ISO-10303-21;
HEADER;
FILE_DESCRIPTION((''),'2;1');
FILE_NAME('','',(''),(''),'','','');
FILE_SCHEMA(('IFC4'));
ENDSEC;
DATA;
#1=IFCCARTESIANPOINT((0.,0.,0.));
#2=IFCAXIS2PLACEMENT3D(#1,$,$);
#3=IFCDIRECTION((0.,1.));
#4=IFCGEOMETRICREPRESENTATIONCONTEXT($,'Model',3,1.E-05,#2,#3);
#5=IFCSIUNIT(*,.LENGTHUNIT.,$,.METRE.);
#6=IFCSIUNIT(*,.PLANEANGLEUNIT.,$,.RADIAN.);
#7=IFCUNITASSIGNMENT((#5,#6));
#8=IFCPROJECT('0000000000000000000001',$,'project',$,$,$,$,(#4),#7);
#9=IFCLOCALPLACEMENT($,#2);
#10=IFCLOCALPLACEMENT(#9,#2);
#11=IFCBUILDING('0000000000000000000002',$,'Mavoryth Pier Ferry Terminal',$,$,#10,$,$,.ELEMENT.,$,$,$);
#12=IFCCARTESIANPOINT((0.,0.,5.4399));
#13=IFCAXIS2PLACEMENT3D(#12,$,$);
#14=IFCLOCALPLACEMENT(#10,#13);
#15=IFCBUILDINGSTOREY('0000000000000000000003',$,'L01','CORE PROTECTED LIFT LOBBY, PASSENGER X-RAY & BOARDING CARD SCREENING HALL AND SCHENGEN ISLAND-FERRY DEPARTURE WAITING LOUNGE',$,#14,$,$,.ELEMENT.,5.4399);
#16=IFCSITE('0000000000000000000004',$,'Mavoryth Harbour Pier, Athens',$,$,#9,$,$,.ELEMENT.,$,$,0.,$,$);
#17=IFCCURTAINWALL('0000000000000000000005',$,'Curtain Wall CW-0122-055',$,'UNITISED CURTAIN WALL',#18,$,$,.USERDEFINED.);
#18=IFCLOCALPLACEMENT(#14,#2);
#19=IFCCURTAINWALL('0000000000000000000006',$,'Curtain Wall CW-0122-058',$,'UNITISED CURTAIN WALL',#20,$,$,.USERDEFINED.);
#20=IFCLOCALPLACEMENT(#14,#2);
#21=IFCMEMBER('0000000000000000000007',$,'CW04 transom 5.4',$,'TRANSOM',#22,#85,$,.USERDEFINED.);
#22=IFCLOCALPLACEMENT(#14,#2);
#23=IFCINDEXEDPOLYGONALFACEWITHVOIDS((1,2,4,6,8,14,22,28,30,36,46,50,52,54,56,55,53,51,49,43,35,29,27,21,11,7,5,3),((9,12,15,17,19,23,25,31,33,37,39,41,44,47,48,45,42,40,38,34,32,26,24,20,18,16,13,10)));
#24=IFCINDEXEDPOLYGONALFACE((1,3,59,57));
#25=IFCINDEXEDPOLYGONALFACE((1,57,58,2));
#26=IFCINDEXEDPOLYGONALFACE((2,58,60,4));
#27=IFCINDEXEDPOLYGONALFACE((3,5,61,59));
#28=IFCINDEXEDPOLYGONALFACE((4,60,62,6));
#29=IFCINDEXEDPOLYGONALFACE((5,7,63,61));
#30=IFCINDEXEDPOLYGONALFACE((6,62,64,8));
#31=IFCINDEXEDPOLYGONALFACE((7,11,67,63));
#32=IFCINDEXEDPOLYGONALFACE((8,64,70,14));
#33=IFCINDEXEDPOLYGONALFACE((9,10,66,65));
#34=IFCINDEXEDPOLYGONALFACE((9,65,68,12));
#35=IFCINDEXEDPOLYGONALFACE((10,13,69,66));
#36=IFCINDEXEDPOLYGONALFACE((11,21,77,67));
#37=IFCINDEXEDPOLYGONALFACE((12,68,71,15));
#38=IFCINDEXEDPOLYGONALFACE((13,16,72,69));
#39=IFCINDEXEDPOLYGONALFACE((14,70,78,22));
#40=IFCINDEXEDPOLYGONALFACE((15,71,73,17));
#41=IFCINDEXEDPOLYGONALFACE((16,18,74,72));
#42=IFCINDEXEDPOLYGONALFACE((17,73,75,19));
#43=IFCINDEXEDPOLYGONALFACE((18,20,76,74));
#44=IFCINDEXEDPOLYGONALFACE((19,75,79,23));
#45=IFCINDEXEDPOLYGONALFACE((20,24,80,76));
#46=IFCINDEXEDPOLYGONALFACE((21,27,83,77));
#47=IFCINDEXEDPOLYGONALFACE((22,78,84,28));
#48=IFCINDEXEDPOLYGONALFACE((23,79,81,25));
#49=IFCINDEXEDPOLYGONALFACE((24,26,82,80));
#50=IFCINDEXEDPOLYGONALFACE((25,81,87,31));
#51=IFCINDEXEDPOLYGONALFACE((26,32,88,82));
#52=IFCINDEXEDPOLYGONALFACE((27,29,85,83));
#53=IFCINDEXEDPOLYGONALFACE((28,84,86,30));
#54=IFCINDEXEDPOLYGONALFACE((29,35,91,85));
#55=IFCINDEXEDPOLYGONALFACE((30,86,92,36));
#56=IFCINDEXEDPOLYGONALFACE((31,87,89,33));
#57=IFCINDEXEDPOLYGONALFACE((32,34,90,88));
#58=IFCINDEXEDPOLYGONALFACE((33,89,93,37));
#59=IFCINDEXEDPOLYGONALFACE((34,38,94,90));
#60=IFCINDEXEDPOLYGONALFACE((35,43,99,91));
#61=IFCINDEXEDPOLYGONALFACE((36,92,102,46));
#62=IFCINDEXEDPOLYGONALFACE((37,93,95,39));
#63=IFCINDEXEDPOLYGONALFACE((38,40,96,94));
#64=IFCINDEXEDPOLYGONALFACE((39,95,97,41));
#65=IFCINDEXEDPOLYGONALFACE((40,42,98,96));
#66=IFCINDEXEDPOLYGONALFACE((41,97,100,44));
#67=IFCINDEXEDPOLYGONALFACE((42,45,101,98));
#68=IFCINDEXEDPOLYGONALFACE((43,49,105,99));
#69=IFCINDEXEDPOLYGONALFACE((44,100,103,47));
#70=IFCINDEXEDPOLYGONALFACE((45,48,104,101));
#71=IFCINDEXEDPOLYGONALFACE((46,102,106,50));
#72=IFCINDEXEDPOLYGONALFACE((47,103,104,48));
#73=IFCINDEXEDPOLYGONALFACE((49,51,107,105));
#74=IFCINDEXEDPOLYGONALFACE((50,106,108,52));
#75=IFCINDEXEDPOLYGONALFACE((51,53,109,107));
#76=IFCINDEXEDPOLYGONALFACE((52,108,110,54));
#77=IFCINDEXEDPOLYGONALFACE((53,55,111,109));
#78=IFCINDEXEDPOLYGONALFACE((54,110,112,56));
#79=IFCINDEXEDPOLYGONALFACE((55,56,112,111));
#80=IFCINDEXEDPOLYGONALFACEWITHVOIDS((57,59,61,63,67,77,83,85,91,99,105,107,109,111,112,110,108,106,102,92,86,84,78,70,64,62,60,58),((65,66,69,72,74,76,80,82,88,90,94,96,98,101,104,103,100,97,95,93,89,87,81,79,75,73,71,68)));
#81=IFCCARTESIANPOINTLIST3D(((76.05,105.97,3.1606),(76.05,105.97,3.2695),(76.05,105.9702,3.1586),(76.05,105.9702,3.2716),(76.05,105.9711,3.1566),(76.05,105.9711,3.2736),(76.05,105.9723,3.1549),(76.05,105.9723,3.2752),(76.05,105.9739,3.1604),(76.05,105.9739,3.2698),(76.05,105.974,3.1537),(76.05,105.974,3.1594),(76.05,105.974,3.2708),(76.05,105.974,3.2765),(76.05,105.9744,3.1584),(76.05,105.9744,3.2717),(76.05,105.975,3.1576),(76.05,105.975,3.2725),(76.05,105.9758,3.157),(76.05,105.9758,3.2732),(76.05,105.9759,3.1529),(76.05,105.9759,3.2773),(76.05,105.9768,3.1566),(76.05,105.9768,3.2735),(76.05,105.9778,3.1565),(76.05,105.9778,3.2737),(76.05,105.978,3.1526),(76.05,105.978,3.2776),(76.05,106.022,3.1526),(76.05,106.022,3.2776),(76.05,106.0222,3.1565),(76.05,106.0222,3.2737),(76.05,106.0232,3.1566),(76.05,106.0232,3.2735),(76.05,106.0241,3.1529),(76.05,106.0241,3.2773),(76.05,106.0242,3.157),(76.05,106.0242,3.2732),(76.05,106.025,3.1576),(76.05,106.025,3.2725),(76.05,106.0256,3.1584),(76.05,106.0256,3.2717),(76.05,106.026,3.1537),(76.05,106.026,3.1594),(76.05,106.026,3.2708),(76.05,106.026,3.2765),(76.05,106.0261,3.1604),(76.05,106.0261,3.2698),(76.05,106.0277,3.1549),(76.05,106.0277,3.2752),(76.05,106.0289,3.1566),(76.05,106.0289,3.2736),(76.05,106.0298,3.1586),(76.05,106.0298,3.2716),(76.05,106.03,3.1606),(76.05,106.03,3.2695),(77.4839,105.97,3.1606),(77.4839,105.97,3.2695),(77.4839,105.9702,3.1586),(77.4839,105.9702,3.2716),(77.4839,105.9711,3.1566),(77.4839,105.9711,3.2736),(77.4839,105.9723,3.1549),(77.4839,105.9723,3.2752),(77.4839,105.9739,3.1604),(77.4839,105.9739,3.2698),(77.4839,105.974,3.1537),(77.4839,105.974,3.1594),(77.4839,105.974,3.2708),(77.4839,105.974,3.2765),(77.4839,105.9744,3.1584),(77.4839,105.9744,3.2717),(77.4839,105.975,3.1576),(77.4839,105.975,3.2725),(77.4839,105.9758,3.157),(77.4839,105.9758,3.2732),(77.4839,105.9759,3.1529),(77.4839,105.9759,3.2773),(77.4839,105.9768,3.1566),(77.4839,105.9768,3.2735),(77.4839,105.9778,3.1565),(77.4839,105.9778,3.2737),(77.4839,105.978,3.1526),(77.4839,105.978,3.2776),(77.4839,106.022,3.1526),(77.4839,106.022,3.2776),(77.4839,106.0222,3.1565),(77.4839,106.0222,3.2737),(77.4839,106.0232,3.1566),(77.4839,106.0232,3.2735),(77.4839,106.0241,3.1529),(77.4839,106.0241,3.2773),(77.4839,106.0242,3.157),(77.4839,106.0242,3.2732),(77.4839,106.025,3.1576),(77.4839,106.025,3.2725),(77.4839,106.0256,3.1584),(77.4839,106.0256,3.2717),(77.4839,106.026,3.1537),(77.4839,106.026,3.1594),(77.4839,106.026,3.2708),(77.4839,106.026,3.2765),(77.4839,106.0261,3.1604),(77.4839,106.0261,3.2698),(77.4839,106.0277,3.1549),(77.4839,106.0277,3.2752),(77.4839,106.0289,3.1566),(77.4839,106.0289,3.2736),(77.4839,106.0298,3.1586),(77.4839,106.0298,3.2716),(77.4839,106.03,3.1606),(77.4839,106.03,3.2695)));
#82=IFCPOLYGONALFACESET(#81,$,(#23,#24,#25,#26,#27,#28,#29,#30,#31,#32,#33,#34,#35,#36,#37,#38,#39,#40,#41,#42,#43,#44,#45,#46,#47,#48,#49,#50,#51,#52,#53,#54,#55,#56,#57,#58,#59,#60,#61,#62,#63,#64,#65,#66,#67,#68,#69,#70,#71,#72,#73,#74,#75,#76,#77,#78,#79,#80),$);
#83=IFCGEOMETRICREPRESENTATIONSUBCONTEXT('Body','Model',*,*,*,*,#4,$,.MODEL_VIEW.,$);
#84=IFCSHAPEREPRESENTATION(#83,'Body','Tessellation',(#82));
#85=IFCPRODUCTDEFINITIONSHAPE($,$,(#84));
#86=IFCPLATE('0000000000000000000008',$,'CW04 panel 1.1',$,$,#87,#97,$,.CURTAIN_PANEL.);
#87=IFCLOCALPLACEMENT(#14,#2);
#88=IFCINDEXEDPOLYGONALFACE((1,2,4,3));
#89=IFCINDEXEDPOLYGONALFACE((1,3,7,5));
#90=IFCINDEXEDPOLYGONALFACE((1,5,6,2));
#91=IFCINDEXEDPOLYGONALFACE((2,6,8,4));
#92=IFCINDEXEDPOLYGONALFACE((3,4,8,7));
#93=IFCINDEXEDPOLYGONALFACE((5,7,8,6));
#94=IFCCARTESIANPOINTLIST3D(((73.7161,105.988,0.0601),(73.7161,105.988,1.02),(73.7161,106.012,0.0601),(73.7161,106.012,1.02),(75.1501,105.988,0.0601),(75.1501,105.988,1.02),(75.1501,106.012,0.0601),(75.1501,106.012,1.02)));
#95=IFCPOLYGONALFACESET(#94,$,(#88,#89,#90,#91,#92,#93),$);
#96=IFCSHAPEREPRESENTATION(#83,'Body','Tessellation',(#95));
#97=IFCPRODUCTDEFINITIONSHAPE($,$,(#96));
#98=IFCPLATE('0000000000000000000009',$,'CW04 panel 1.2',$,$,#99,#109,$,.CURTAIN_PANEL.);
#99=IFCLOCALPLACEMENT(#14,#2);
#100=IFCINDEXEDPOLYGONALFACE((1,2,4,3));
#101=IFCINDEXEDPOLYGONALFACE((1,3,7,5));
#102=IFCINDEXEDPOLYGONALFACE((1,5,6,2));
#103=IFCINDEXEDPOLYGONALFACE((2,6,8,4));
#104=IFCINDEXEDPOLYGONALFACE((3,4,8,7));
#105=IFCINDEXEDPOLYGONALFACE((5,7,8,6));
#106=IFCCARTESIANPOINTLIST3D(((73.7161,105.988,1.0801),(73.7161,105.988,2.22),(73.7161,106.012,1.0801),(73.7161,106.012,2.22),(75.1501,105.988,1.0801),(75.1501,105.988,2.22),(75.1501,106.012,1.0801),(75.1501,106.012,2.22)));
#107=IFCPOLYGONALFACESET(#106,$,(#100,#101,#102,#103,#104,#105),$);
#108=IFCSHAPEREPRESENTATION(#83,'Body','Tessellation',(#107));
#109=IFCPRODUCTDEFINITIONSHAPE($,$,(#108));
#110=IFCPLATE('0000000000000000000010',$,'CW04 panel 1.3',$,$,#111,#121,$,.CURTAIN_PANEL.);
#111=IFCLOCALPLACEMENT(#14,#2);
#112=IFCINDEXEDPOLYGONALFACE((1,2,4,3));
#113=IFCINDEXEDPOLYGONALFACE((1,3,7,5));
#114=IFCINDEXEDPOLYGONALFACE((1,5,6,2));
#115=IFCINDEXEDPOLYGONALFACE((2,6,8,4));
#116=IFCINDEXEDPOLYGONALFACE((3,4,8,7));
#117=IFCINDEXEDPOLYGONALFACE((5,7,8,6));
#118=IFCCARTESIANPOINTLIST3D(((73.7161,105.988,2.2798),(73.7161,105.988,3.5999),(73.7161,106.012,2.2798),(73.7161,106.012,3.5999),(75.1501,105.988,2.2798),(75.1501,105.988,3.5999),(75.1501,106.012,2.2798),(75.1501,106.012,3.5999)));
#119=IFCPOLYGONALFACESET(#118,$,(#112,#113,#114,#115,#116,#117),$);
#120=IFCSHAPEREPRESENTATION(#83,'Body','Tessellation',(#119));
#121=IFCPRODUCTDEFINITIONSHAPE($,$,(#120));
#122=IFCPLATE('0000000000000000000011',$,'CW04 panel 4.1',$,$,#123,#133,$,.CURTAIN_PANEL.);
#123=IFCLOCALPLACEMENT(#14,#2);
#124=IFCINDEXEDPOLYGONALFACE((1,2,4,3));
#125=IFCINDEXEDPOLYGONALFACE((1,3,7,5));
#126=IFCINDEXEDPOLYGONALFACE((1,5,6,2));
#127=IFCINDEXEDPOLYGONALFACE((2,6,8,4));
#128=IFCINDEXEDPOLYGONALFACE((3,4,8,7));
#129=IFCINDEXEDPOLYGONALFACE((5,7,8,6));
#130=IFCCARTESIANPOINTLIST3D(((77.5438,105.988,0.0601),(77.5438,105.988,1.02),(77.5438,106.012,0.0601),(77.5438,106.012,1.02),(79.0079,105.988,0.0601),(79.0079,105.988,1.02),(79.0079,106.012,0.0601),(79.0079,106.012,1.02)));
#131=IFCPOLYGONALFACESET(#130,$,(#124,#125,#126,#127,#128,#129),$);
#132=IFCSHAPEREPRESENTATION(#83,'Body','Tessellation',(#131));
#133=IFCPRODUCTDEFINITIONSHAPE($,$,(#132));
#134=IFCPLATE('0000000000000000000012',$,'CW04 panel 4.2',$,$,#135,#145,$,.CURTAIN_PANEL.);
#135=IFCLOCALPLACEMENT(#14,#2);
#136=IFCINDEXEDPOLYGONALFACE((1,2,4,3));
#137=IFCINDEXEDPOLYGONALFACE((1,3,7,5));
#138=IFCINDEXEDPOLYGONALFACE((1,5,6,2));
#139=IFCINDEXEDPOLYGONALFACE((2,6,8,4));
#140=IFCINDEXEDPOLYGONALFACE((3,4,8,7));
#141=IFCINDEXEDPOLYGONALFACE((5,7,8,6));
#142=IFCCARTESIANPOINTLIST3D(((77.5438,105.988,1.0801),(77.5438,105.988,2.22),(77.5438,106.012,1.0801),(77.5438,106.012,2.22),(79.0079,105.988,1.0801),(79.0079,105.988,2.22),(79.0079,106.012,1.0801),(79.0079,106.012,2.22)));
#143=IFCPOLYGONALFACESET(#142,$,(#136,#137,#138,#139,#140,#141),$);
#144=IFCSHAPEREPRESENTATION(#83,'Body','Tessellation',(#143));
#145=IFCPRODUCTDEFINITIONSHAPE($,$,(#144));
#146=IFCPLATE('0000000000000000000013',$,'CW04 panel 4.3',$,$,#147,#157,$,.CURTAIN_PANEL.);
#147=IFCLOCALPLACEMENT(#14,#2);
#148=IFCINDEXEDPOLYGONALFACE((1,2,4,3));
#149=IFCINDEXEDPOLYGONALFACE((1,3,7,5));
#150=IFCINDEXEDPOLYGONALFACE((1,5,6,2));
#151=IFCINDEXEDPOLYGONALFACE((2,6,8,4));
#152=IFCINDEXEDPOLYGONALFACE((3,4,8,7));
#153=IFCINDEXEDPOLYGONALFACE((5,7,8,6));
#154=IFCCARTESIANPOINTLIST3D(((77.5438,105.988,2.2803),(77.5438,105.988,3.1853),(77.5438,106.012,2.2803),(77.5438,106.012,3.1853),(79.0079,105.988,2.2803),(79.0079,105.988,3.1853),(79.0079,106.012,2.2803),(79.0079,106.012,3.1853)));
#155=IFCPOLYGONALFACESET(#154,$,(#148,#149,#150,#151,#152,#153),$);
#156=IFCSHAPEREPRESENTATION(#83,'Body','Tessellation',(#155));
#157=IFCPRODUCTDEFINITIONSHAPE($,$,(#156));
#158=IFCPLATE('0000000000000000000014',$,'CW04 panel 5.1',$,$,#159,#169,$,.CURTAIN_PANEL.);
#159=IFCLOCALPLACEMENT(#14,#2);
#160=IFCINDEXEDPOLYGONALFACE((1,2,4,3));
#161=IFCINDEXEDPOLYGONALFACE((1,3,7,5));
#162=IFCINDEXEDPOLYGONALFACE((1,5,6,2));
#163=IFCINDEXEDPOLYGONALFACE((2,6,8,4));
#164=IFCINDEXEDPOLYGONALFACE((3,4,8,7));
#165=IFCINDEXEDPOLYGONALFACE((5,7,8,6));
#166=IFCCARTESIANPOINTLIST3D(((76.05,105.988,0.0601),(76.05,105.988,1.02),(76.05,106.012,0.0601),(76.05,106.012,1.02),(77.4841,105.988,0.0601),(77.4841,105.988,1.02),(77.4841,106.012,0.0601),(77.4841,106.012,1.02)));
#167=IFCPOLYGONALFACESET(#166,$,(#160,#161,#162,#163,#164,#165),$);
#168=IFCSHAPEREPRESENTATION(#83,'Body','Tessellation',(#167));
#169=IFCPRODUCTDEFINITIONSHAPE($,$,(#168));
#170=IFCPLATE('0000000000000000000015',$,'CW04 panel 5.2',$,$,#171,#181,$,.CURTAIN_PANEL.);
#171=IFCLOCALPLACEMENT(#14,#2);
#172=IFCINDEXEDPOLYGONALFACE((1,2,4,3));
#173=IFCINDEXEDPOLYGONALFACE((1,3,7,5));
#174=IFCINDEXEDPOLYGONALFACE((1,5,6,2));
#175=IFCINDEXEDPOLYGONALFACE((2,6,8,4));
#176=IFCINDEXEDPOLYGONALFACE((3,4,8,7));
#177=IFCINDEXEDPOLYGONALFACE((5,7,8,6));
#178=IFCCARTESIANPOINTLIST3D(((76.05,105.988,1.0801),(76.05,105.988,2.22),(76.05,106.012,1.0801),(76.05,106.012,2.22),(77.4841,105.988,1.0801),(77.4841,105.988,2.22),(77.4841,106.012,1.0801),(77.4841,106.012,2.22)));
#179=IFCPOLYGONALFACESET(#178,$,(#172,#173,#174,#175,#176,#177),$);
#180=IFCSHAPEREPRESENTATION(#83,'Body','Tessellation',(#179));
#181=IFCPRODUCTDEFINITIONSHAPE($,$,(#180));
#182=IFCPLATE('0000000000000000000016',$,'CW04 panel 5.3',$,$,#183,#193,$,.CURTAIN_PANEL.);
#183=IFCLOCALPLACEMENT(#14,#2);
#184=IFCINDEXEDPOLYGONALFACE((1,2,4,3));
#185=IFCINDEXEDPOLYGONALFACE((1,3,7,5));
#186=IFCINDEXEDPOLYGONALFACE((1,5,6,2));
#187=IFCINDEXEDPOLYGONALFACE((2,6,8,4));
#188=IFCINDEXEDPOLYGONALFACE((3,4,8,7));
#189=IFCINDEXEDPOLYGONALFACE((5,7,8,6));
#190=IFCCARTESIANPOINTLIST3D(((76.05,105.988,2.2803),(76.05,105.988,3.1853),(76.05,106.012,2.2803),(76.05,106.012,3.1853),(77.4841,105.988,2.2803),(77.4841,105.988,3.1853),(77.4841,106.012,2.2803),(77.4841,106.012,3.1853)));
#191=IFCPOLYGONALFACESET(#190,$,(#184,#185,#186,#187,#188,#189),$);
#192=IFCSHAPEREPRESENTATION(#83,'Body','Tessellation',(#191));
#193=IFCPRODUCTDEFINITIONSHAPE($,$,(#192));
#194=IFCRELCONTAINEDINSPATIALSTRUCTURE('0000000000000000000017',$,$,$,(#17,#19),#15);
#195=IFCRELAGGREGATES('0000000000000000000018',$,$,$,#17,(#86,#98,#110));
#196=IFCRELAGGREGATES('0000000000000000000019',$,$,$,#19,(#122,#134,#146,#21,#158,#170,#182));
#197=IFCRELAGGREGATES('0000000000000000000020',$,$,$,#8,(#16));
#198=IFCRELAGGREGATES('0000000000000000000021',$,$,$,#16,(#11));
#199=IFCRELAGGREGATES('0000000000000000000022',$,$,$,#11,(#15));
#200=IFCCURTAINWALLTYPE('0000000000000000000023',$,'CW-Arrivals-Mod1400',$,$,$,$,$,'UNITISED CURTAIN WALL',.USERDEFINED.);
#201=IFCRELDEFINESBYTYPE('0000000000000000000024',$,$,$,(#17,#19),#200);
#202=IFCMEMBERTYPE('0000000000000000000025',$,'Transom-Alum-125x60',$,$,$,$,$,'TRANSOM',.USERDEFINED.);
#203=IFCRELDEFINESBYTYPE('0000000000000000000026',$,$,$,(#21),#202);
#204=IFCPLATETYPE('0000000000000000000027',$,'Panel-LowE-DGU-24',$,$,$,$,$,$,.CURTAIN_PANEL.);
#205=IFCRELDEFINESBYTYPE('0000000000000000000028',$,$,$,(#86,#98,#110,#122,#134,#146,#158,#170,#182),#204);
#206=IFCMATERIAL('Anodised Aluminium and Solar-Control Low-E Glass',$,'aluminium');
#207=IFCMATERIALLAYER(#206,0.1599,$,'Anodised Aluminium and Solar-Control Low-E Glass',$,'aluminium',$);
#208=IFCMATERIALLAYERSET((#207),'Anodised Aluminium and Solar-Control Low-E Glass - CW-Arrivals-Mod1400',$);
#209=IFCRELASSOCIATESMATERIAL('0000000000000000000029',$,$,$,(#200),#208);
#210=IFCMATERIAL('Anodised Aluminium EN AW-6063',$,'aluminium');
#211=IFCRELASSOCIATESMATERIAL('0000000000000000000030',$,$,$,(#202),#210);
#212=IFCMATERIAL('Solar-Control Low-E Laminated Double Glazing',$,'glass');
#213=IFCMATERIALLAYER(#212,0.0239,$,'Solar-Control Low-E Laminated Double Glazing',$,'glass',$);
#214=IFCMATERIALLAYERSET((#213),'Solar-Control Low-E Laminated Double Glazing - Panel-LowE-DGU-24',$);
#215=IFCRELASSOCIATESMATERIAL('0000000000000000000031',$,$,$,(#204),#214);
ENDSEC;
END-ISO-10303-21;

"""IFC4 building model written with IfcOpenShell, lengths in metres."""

from ifc_helpers import new_model, si_unit, direction, frame, origin, origin_2d, place, context, subcontext, project, spatial, rectangle, hollow_rectangle, extrude, material, layer, layer_set, material_profile, profile_set, type_object, element, aggregate, save


model = new_model("IFC4")

# Units and contexts
model_context = context("Model", 3, precision=1e-05, world=origin(), true_north=direction((0.0, 1.0)))
body_context = subcontext(model_context, "Body", "Model", "MODEL_VIEW")
ifc_project = project(units=[si_unit("LENGTHUNIT", "METRE"), si_unit("PLANEANGLEUNIT", "RADIAN")], contexts=[model_context])

# Site, building, storey
site_placement = place(None, origin())
site = spatial("IfcSite", under=ifc_project, at=site_placement, Name="Mavoryth Harbour Pier, Athens", CompositionType="ELEMENT", RefElevation=0.0)
building_placement = place(site_placement, origin())
building = spatial("IfcBuilding", under=site, at=building_placement, Name="Mavoryth Pier Ferry Terminal", CompositionType="ELEMENT")
storey_placement = place(building_placement, frame((0.0, 0.0, 5.4399)))
storey = spatial("IfcBuildingStorey", under=building, at=storey_placement, Name="L01", Description="CORE PROTECTED LIFT LOBBY, PASSENGER X-RAY & BOARDING CARD SCREENING HALL AND SCHENGEN ISLAND-FERRY DEPARTURE WAITING LOUNGE", CompositionType="ELEMENT", Elevation=5.4399)

# Curtain walls
ifc_material_1 = material(Name="Anodised Aluminium and Solar-Control Low-E Glass", Category="aluminium")
ifc_layer_1 = layer(ifc_material_1, 0.1599, Name="Anodised Aluminium and Solar-Control Low-E Glass", Category="aluminium")
ifc_layer_set_1 = layer_set([ifc_layer_1], Name="Anodised Aluminium and Solar-Control Low-E Glass - CW-Arrivals-Mod1400")
curtain_wall_type = type_object("IfcCurtainWallType", Name="CW-Arrivals-Mod1400", ElementType="UNITISED CURTAIN WALL", PredefinedType="USERDEFINED", material=ifc_layer_set_1)
curtain_wall_1_placement = place(storey_placement, origin())
curtain_wall_1 = element("IfcCurtainWall", 1, at=curtain_wall_1_placement, inside=storey, type_object=curtain_wall_type, Name="Curtain Wall CW-0122-055", ObjectType="UNITISED CURTAIN WALL", PredefinedType="USERDEFINED")
ifc_material_2 = material(Name="Anodised Aluminium EN AW-6063", Category="aluminium")
curtain_wall_2_placement = place(storey_placement, origin())
curtain_wall_2 = element("IfcCurtainWall", 2, at=curtain_wall_2_placement, inside=storey, type_object=curtain_wall_type, Name="Curtain Wall CW-0122-058", ObjectType="UNITISED CURTAIN WALL", PredefinedType="USERDEFINED")

# Member
ifc_material_profile_1 = material_profile(ifc_material_2, hollow_rectangle(XDim=0.0601, YDim=0.125, WallThickness=0.0039, InnerFilletRadius=0.0039, OuterFilletRadius=0.0081, at=origin_2d()), Name="AL-TRAN 125x60x4", Category="aluminium")
ifc_profile_set_1 = profile_set([ifc_material_profile_1], Name="Anodised Aluminium EN AW-6063 - AL-TRAN 125x60x4")
member_type_1 = type_object("IfcMemberType", Name="Transom-Alum-125x60", ElementType="TRANSOM", PredefinedType="USERDEFINED", material=ifc_profile_set_1)
member_1_placement = place(storey_placement, frame((77.4839, 106.0, 3.2151), z_axis=(-1.0, 0.0, 0.0), x_axis=(0.0, -1.0, 0.0)))
member_1 = element("IfcMember", 3, at=member_1_placement, type_object=member_type_1, Name="CW04 transom 5.4", ObjectType="TRANSOM", PredefinedType="USERDEFINED", context=body_context, shape_type="SweptSolid", body=[
    extrude(hollow_rectangle(XDim=0.0601, YDim=0.125, WallThickness=0.0039, InnerFilletRadius=0.0039, OuterFilletRadius=0.0081, at=origin_2d()), origin(), (0.0, 0.0, 1.0), 1.4338),
])

# Plates
ifc_material_3 = material(Name="Solar-Control Low-E Laminated Double Glazing", Category="glass")
ifc_layer_2 = layer(ifc_material_3, 0.0239, Name="Solar-Control Low-E Laminated Double Glazing", Category="glass")
ifc_layer_set_2 = layer_set([ifc_layer_2], Name="Solar-Control Low-E Laminated Double Glazing - Panel-LowE-DGU-24")
plate_type_1 = type_object("IfcPlateType", Name="Panel-LowE-DGU-24", PredefinedType="CURTAIN_PANEL", material=ifc_layer_set_2)
plate_1_placement = place(storey_placement, frame((74.4331, 106.0, 0.0601), z_axis=(0.0, 0.0, 1.0), x_axis=(-1.0, 0.0, 0.0)))
plate_1 = element("IfcPlate", 4, at=plate_1_placement, type_object=plate_type_1, Name="CW04 panel 1.1", PredefinedType="CURTAIN_PANEL", context=body_context, shape_type="SweptSolid", body=[
    extrude(rectangle(XDim=1.4341, YDim=0.0239, at=origin_2d()), origin(), (0.0, 0.0, 1.0), 0.96),
])
plate_2_placement = place(storey_placement, frame((74.4331, 106.0, 1.0801), z_axis=(0.0, 0.0, 1.0), x_axis=(-1.0, 0.0, 0.0)))
plate_2 = element("IfcPlate", 5, at=plate_2_placement, type_object=plate_type_1, Name="CW04 panel 1.2", PredefinedType="CURTAIN_PANEL", context=body_context, shape_type="SweptSolid", body=[
    extrude(rectangle(XDim=1.4341, YDim=0.0239, at=origin_2d()), origin(), (0.0, 0.0, 1.0), 1.1399),
])
plate_3_placement = place(storey_placement, frame((74.4331, 106.0, 2.2798), z_axis=(0.0, 0.0, 1.0), x_axis=(-1.0, 0.0, 0.0)))
plate_3 = element("IfcPlate", 6, at=plate_3_placement, type_object=plate_type_1, Name="CW04 panel 1.3", PredefinedType="CURTAIN_PANEL", context=body_context, shape_type="SweptSolid", body=[
    extrude(rectangle(XDim=1.4341, YDim=0.0239, at=origin_2d()), origin(), (0.0, 0.0, 1.0), 1.3201),
])
aggregate(curtain_wall_1, [plate_1, plate_2, plate_3])
plate_4_placement = place(storey_placement, frame((78.2759, 106.0, 0.0601), z_axis=(0.0, 0.0, 1.0), x_axis=(-1.0, 0.0, 0.0)))
plate_4 = element("IfcPlate", 7, at=plate_4_placement, type_object=plate_type_1, Name="CW04 panel 4.1", PredefinedType="CURTAIN_PANEL", context=body_context, shape_type="SweptSolid", body=[
    extrude(rectangle(XDim=1.4641, YDim=0.0239, at=origin_2d()), origin(), (0.0, 0.0, 1.0), 0.96),
])
plate_5_placement = place(storey_placement, frame((78.2759, 106.0, 1.0801), z_axis=(0.0, 0.0, 1.0), x_axis=(-1.0, 0.0, 0.0)))
plate_5 = element("IfcPlate", 8, at=plate_5_placement, type_object=plate_type_1, Name="CW04 panel 4.2", PredefinedType="CURTAIN_PANEL", context=body_context, shape_type="SweptSolid", body=[
    extrude(rectangle(XDim=1.4641, YDim=0.0239, at=origin_2d()), origin(), (0.0, 0.0, 1.0), 1.1399),
])
plate_6_placement = place(storey_placement, frame((78.2759, 106.0, 2.2803), z_axis=(0.0, 0.0, 1.0), x_axis=(-1.0, 0.0, 0.0)))
plate_6 = element("IfcPlate", 9, at=plate_6_placement, type_object=plate_type_1, Name="CW04 panel 4.3", PredefinedType="CURTAIN_PANEL", context=body_context, shape_type="SweptSolid", body=[
    extrude(rectangle(XDim=1.4641, YDim=0.0239, at=origin_2d()), origin(), (0.0, 0.0, 1.0), 0.905),
])
plate_7_placement = place(storey_placement, frame((76.7671, 106.0, 0.0601), z_axis=(0.0, 0.0, 1.0), x_axis=(-1.0, 0.0, 0.0)))
plate_7 = element("IfcPlate", 10, at=plate_7_placement, type_object=plate_type_1, Name="CW04 panel 5.1", PredefinedType="CURTAIN_PANEL", context=body_context, shape_type="SweptSolid", body=[
    extrude(rectangle(XDim=1.4341, YDim=0.0239, at=origin_2d()), origin(), (0.0, 0.0, 1.0), 0.96),
])
plate_8_placement = place(storey_placement, frame((76.7671, 106.0, 1.0801), z_axis=(0.0, 0.0, 1.0), x_axis=(-1.0, 0.0, 0.0)))
plate_8 = element("IfcPlate", 11, at=plate_8_placement, type_object=plate_type_1, Name="CW04 panel 5.2", PredefinedType="CURTAIN_PANEL", context=body_context, shape_type="SweptSolid", body=[
    extrude(rectangle(XDim=1.4341, YDim=0.0239, at=origin_2d()), origin(), (0.0, 0.0, 1.0), 1.1399),
])
plate_9_placement = place(storey_placement, frame((76.7671, 106.0, 2.2803), z_axis=(0.0, 0.0, 1.0), x_axis=(-1.0, 0.0, 0.0)))
plate_9 = element("IfcPlate", 12, at=plate_9_placement, type_object=plate_type_1, Name="CW04 panel 5.3", PredefinedType="CURTAIN_PANEL", context=body_context, shape_type="SweptSolid", body=[
    extrude(rectangle(XDim=1.4341, YDim=0.0239, at=origin_2d()), origin(), (0.0, 0.0, 1.0), 0.905),
])
aggregate(curtain_wall_2, [plate_4, plate_5, plate_6, member_1, plate_7, plate_8, plate_9])

save(model, "model.ifc")
